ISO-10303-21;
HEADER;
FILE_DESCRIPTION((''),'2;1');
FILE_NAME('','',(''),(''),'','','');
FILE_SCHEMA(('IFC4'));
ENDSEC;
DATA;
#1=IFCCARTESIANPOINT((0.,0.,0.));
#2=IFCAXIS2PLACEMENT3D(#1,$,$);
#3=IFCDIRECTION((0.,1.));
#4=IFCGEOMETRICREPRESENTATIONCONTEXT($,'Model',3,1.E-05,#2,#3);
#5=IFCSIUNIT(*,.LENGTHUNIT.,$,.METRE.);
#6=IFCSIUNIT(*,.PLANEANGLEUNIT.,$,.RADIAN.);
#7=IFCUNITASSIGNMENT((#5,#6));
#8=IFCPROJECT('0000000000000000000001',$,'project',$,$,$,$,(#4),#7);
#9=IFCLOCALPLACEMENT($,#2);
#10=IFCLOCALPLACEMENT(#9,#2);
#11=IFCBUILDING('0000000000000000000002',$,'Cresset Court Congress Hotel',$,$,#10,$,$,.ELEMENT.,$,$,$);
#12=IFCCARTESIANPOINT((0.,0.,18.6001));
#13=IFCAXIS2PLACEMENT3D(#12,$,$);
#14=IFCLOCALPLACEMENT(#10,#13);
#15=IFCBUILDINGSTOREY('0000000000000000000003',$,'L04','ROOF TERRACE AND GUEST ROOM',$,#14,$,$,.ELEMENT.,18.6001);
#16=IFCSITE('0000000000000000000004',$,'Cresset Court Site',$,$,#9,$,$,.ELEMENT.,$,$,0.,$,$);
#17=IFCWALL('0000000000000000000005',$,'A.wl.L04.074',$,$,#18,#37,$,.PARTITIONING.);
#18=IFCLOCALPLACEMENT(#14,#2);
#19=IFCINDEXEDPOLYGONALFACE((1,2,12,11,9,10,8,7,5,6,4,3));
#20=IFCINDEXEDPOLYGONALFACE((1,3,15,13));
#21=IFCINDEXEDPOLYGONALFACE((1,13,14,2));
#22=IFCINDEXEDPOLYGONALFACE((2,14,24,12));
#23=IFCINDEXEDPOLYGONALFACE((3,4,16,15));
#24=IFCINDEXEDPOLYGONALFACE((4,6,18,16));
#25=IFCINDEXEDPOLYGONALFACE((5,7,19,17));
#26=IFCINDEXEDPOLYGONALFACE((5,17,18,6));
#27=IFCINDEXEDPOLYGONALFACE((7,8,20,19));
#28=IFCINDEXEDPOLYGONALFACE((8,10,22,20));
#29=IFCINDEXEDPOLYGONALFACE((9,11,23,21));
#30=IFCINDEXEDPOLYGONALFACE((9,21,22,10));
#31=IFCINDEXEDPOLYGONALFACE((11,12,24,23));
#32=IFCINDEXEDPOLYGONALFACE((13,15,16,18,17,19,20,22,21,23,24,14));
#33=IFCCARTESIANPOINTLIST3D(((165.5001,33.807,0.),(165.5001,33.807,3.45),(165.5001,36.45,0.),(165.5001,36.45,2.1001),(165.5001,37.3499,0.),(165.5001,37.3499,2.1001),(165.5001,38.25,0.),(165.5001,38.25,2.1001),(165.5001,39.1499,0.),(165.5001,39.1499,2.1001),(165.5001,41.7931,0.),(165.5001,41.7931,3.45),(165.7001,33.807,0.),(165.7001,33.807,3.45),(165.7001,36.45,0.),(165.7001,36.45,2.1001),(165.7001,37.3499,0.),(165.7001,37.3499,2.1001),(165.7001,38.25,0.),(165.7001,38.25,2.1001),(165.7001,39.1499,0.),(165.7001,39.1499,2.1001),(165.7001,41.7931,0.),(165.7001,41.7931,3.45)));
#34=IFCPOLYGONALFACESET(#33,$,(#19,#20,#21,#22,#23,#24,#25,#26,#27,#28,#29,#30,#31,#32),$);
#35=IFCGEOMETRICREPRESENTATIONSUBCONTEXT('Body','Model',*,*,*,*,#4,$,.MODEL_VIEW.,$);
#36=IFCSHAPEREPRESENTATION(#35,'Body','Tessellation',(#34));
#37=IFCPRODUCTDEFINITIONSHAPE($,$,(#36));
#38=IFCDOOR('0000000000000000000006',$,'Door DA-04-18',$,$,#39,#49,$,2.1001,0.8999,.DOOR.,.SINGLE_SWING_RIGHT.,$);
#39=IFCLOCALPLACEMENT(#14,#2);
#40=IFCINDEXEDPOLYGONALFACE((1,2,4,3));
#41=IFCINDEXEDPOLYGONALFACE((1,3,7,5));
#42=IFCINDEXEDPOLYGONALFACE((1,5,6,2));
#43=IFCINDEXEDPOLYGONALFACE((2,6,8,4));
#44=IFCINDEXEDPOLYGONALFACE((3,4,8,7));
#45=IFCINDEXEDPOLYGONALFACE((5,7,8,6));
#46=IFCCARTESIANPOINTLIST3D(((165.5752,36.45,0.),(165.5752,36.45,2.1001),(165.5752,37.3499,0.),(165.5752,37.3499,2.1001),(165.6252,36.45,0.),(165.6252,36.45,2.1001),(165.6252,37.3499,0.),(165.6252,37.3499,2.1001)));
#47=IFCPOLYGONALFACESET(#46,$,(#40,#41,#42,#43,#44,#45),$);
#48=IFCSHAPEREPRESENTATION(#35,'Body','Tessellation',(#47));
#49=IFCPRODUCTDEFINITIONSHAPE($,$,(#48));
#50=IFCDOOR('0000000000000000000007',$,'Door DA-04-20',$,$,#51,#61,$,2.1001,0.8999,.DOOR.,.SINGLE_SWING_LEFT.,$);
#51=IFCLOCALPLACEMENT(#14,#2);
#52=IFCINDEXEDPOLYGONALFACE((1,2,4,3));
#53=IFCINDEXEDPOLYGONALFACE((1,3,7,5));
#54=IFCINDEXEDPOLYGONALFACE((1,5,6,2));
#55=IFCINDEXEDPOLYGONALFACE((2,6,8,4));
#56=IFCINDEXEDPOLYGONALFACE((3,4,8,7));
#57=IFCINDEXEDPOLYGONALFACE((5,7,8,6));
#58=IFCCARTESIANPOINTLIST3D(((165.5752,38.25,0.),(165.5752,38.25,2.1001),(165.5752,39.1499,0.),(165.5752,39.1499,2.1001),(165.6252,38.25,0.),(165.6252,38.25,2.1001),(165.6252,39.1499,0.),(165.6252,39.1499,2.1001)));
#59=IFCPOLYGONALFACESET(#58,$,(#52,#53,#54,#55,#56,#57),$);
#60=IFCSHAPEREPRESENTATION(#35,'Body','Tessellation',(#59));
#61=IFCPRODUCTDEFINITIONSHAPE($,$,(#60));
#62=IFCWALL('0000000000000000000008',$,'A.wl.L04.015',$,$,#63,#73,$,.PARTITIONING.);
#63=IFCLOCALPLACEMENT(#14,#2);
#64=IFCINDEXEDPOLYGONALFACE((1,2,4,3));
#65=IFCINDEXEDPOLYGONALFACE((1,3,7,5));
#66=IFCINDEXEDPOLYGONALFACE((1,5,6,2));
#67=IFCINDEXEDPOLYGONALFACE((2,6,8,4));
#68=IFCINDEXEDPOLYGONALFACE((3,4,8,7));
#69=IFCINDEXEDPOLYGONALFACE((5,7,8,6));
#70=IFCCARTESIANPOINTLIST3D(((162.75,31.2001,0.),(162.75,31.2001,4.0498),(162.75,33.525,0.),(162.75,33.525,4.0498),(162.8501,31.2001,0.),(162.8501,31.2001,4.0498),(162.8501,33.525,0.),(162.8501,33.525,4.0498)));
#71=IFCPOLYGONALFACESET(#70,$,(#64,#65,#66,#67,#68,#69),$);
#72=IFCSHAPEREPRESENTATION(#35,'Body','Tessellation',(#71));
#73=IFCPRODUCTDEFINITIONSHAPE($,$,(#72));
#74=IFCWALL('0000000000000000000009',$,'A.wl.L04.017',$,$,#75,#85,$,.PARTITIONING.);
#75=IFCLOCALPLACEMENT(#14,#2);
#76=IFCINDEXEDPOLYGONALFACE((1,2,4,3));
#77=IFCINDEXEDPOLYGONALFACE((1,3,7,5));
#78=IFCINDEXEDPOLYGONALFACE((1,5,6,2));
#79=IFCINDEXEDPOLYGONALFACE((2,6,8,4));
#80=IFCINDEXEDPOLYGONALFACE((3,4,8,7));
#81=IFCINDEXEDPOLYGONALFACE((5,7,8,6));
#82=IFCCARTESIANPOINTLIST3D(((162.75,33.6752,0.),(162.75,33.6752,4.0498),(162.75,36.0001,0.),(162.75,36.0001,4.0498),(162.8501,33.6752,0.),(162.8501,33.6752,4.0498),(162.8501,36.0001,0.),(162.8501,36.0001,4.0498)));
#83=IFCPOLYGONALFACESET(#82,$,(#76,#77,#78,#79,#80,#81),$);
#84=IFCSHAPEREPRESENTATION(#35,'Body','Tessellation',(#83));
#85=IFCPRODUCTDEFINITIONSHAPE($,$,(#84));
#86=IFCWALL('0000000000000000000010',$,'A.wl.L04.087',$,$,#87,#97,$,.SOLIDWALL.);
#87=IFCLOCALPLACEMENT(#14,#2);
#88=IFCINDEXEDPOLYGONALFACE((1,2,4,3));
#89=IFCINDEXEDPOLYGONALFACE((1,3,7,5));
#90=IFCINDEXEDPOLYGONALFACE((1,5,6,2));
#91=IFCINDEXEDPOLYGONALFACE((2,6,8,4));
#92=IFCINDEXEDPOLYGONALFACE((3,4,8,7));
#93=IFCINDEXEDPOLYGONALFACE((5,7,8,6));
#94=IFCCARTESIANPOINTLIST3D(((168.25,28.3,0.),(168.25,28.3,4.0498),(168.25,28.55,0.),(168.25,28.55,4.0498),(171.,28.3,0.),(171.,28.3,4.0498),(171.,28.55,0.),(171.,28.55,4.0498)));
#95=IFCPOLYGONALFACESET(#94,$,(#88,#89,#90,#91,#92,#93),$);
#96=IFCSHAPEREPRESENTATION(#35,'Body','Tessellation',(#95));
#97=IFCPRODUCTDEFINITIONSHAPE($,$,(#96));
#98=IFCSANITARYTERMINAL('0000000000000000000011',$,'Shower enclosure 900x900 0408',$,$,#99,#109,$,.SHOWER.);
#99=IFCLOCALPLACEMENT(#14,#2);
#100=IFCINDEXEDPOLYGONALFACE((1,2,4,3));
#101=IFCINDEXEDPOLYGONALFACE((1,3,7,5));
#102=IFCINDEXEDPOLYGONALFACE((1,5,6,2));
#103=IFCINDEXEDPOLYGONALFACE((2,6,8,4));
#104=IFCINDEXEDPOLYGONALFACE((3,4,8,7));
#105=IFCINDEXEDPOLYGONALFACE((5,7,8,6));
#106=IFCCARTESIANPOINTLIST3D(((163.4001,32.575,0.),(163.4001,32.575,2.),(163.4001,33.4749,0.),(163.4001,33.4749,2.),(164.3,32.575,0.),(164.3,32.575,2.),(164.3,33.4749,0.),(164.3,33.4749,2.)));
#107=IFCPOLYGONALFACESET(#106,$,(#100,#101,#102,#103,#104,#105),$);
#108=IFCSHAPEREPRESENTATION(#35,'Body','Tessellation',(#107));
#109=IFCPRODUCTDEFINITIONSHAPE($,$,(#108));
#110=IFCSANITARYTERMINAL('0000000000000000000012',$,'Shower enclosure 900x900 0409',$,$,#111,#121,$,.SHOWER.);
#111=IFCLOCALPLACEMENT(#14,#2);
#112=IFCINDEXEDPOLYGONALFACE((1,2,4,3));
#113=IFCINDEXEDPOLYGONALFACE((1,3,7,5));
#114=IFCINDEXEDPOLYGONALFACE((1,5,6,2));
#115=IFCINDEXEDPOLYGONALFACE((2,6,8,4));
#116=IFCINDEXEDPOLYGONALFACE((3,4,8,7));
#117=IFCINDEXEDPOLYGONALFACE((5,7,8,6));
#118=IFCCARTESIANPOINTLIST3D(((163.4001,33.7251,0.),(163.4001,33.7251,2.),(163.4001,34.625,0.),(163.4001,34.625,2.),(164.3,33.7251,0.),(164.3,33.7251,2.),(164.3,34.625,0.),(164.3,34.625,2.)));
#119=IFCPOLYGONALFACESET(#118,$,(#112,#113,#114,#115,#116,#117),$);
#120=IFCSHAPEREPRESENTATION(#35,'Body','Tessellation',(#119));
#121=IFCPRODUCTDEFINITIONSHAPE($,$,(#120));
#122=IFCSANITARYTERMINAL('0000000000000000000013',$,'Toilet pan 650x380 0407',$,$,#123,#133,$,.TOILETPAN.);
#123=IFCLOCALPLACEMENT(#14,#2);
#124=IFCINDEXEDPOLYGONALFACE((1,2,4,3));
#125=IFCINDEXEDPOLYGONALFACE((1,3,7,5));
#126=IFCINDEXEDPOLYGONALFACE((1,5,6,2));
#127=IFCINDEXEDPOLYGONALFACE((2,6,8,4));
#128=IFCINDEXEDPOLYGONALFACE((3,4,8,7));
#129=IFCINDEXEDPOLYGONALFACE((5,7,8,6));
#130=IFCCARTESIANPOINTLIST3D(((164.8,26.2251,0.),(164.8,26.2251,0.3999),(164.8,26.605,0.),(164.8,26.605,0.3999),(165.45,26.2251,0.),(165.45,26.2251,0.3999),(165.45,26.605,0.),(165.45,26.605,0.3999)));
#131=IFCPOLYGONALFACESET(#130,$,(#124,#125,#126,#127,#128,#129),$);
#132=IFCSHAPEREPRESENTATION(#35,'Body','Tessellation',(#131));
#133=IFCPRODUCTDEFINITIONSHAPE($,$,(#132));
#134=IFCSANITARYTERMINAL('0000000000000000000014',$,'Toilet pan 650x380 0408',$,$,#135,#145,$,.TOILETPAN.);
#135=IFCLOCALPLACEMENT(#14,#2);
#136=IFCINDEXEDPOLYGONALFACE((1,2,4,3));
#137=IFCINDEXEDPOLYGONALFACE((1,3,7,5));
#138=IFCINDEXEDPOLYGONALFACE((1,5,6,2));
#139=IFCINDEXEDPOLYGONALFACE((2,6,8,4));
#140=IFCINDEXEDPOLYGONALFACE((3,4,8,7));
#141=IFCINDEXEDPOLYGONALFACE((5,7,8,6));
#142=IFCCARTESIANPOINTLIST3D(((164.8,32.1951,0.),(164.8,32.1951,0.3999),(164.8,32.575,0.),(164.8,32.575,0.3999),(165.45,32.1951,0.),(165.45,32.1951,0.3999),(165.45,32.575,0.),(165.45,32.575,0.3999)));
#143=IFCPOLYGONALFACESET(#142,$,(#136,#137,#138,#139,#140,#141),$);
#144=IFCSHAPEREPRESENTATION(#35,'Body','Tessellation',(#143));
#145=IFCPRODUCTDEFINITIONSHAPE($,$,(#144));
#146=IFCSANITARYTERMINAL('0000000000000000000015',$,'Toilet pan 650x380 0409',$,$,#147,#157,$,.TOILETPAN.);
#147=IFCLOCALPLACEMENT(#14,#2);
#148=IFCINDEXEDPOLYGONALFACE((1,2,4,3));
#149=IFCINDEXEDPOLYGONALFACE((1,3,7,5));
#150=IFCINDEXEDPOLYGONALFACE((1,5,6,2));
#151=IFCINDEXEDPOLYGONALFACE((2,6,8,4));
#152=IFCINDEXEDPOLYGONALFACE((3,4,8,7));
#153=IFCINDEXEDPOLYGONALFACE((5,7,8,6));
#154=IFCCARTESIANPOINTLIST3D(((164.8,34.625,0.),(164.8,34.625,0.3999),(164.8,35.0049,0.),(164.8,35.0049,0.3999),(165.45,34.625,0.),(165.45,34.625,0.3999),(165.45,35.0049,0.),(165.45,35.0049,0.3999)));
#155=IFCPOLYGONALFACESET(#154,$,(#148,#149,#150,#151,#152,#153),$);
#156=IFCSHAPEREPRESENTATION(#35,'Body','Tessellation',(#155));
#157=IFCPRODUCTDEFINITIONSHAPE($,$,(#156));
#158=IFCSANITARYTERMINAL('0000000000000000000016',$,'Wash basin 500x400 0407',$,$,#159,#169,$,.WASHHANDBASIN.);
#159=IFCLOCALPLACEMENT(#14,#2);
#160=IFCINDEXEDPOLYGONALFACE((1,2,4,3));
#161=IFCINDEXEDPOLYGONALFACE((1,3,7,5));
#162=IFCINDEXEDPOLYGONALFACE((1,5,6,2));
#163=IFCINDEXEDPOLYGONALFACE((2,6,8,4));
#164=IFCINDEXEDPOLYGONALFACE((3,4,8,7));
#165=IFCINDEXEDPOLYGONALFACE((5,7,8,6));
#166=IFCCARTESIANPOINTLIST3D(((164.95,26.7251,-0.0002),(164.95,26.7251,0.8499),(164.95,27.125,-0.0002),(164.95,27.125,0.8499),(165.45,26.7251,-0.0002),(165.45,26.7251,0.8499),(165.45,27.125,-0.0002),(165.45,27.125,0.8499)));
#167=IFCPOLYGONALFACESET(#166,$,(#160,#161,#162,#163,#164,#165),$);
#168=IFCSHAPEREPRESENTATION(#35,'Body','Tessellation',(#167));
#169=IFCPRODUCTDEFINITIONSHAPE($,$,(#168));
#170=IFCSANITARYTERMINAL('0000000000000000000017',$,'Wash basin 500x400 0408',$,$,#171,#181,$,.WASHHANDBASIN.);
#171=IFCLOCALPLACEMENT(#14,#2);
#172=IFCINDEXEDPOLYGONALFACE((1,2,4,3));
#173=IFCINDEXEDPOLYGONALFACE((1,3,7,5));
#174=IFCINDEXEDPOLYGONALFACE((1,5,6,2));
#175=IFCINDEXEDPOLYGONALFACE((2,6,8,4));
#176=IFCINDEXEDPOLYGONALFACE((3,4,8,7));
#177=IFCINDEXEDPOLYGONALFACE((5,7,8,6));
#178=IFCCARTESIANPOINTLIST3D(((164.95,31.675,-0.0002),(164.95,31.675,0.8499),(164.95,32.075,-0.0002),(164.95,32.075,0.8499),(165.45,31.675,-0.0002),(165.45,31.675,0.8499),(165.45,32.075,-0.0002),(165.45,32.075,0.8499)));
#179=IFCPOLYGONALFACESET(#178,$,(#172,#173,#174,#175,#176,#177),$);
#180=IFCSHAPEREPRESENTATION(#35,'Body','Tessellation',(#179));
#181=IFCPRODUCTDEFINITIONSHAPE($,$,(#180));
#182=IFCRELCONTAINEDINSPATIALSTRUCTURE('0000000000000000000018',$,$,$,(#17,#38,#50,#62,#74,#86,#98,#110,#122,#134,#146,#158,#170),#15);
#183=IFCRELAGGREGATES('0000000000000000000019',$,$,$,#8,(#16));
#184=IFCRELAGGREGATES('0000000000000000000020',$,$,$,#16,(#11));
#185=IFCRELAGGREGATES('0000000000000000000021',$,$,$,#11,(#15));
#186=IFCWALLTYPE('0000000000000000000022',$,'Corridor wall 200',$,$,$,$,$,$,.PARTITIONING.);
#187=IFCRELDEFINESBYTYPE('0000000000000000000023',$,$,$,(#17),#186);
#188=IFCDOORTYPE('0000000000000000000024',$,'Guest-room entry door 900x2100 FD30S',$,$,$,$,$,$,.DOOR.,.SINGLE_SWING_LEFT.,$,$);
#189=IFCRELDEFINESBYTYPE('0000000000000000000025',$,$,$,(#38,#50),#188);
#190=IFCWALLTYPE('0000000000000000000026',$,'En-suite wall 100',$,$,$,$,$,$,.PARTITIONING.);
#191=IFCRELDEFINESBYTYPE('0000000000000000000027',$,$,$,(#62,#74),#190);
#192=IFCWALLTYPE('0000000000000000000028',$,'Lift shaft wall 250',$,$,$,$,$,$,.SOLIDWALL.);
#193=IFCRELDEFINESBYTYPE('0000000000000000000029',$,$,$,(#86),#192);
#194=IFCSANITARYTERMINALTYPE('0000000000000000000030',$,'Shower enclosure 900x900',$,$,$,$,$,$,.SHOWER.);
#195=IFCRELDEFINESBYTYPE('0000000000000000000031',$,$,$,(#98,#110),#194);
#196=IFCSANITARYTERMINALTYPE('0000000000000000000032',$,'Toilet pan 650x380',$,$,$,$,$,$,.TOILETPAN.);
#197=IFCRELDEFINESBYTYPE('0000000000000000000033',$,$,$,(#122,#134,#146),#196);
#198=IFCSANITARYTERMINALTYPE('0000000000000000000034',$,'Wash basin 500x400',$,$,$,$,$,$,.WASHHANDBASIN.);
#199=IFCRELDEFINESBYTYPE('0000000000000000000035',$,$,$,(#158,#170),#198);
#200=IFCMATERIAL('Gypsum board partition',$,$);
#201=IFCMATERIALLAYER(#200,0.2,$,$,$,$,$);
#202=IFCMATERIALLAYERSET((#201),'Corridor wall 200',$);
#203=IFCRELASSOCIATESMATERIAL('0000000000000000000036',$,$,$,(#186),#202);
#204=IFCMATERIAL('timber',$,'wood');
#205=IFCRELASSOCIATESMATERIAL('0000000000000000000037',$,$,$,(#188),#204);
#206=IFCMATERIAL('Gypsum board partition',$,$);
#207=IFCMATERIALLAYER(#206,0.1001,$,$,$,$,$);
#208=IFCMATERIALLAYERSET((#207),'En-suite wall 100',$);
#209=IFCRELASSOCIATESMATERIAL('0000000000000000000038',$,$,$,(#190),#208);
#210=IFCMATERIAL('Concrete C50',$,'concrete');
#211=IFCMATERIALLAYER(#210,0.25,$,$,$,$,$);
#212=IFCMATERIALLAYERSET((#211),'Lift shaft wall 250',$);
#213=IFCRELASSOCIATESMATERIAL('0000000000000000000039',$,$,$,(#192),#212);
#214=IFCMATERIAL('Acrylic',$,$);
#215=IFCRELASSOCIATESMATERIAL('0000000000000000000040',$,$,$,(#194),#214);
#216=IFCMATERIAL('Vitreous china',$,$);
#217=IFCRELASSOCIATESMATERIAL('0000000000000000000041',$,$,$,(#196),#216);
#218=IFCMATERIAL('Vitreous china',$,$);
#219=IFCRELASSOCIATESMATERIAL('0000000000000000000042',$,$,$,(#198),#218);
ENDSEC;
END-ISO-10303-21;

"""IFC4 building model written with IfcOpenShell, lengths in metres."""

from ifc_helpers import new_model, si_unit, direction, frame, frame_2d, origin, origin_2d, place, context, subcontext, project, spatial, rectangle, extrude, material, layer, layer_set, type_object, element, fill, save


model = new_model("IFC4")

# Units and contexts
model_context = context("Model", 3, precision=1e-05, world=origin(), true_north=direction((0.0, 1.0)))
body_context = subcontext(model_context, "Body", "Model", "MODEL_VIEW")
ifc_project = project(units=[si_unit("LENGTHUNIT", "METRE"), si_unit("PLANEANGLEUNIT", "RADIAN")], contexts=[model_context])

# Site, building, storey
site_placement = place(None, origin())
site = spatial("IfcSite", under=ifc_project, at=site_placement, Name="Cresset Court Site", CompositionType="ELEMENT", RefElevation=0.0)
building_placement = place(site_placement, origin())
building = spatial("IfcBuilding", under=site, at=building_placement, Name="Cresset Court Congress Hotel", CompositionType="ELEMENT")
storey_placement = place(building_placement, frame((0.0, 0.0, 18.6001)))
storey = spatial("IfcBuildingStorey", under=building, at=storey_placement, Name="L04", Description="ROOF TERRACE AND GUEST ROOM", CompositionType="ELEMENT", Elevation=18.6001)

# Wall, openings, doors
ifc_material_1 = material(Name="Gypsum board partition")
ifc_layer_1 = layer(ifc_material_1, 0.2)
ifc_layer_set_1 = layer_set([ifc_layer_1], Name="Corridor wall 200")
wall_type_1 = type_object("IfcWallType", Name="Corridor wall 200", PredefinedType="PARTITIONING", material=ifc_layer_set_1)
wall_1_placement = place(storey_placement, frame((165.6001, 33.8069, 0.0), z_axis=(0.0, 0.0, 1.0), x_axis=(0.0, 1.0, 0.0)))
wall_1 = element("IfcWall", 1, at=wall_1_placement, inside=storey, type_object=wall_type_1, Name="A.wl.L04.074", PredefinedType="PARTITIONING", context=body_context, shape_type="SweptSolid", body=[
    extrude(rectangle(XDim=7.9861, YDim=0.2, at=frame_2d((3.9932, 0.0))), origin(), (0.0, 0.0, 1.0), 3.45),
])
opening_1_placement = place(wall_1_placement, frame((2.6431, 0.0, 0.0)))
opening_1 = element("IfcOpeningElement", 2, at=opening_1_placement, cuts=wall_1, PredefinedType="OPENING", context=body_context, shape_type="SweptSolid", body=[
    extrude(rectangle(XDim=0.8999, YDim=2.1001, at=frame_2d((0.45, 1.05))), frame((0.0, 0.1099, 0.0), z_axis=(0.0, -1.0, 0.0), x_axis=(1.0, 0.0, 0.0)), (0.0, 0.0, 1.0), 0.22),
])
opening_2_placement = place(wall_1_placement, frame((4.4431, 0.0, 0.0)))
opening_2 = element("IfcOpeningElement", 3, at=opening_2_placement, cuts=wall_1, PredefinedType="OPENING", context=body_context, shape_type="SweptSolid", body=[
    extrude(rectangle(XDim=0.8999, YDim=2.1001, at=frame_2d((0.45, 1.05))), frame((0.0, 0.1099, 0.0), z_axis=(0.0, -1.0, 0.0), x_axis=(1.0, 0.0, 0.0)), (0.0, 0.0, 1.0), 0.22),
])
ifc_material_2 = material(Name="timber", Category="wood")
door_type = type_object("IfcDoorType", Name="Guest-room entry door 900x2100 FD30S", OperationType="SINGLE_SWING_LEFT", PredefinedType="DOOR", material=ifc_material_2)
door_1_placement = place(opening_1_placement, origin())
door_1 = element("IfcDoor", 4, at=door_1_placement, inside=storey, type_object=door_type, Name="Door DA-04-18", OperationType="SINGLE_SWING_RIGHT", OverallHeight=2.1001, OverallWidth=0.8999, PredefinedType="DOOR", context=body_context, shape_type="SweptSolid", body=[
    extrude(rectangle(XDim=0.8999, YDim=2.1001, at=frame_2d((0.45, 1.05))), frame((0.0, 0.0249, 0.0), z_axis=(0.0, -1.0, 0.0), x_axis=(1.0, 0.0, 0.0)), (0.0, 0.0, 1.0), 0.05),
])
fill(opening_1, door_1)
door_2_placement = place(opening_2_placement, origin())
door_2 = element("IfcDoor", 5, at=door_2_placement, inside=storey, type_object=door_type, Name="Door DA-04-20", OperationType="SINGLE_SWING_LEFT", OverallHeight=2.1001, OverallWidth=0.8999, PredefinedType="DOOR", context=body_context, shape_type="SweptSolid", body=[
    extrude(rectangle(XDim=0.8999, YDim=2.1001, at=frame_2d((0.45, 1.05))), frame((0.0, 0.0249, 0.0), z_axis=(0.0, -1.0, 0.0), x_axis=(1.0, 0.0, 0.0)), (0.0, 0.0, 1.0), 0.05),
])
fill(opening_2, door_2)

# Walls
ifc_material_3 = material(Name="Gypsum board partition")
ifc_layer_2 = layer(ifc_material_3, 0.1001)
ifc_layer_set_2 = layer_set([ifc_layer_2], Name="En-suite wall 100")
wall_type_2 = type_object("IfcWallType", Name="En-suite wall 100", PredefinedType="PARTITIONING", material=ifc_layer_set_2)
for number, where, z_axis, x_axis, name in (
    (6, (162.8, 31.2, 0.0), (0.0, 0.0, 1.0), (0.0, 1.0, 0.0), "A.wl.L04.015"),
    (7, (162.8, 33.675, 0.0), (0.0, 0.0, 1.0), (0.0, 1.0, 0.0), "A.wl.L04.017"),
):
    element("IfcWall", number, at=place(storey_placement, frame(where, z_axis=z_axis, x_axis=x_axis)), inside=storey, type_object=wall_type_2, Name=name, PredefinedType="PARTITIONING", context=body_context, shape_type="SweptSolid", body=[
        extrude(rectangle(XDim=2.325, YDim=0.1001, at=frame_2d((1.1626, 0.0))), origin(), (0.0, 0.0, 1.0), 4.0498),
    ])
ifc_material_4 = material(Name="Concrete C50", Category="concrete")
ifc_layer_3 = layer(ifc_material_4, 0.25)
ifc_layer_set_3 = layer_set([ifc_layer_3], Name="Lift shaft wall 250")
wall_type_3 = type_object("IfcWallType", Name="Lift shaft wall 250", PredefinedType="SOLIDWALL", material=ifc_layer_set_3)
wall_2_placement = place(storey_placement, frame((168.25, 28.425, 0.0), z_axis=(0.0, 0.0, 1.0), x_axis=(1.0, 0.0, 0.0)))
element("IfcWall", 8, at=wall_2_placement, inside=storey, type_object=wall_type_3, Name="A.wl.L04.087", PredefinedType="SOLIDWALL", context=body_context, shape_type="SweptSolid", body=[
    extrude(rectangle(XDim=2.75, YDim=0.25, at=frame_2d((1.375, 0.0))), origin(), (0.0, 0.0, 1.0), 4.0498),
])

# Sanitary terminals
ifc_material_5 = material(Name="Acrylic")
sanitary_terminal_type_1 = type_object("IfcSanitaryTerminalType", Name="Shower enclosure 900x900", PredefinedType="SHOWER", material=ifc_material_5)
for number, where, z_axis, x_axis, name in (
    (9, (163.8501, 33.0249, 0.0), (0.0, 0.0, 1.0), (1.0, 0.0, 0.0), "Shower enclosure 900x900 0408"),
    (10, (163.8501, 34.175, 0.0), (0.0, 0.0, 1.0), (1.0, 0.0, 0.0), "Shower enclosure 900x900 0409"),
):
    element("IfcSanitaryTerminal", number, at=place(storey_placement, frame(where, z_axis=z_axis, x_axis=x_axis)), inside=storey, type_object=sanitary_terminal_type_1, Name=name, PredefinedType="SHOWER", context=body_context, shape_type="SweptSolid", body=[
        extrude(rectangle(XDim=0.8999, YDim=0.8999, at=origin_2d()), origin(), (0.0, 0.0, 1.0), 2.0),
    ])
ifc_material_6 = material(Name="Vitreous china")
sanitary_terminal_type_2 = type_object("IfcSanitaryTerminalType", Name="Toilet pan 650x380", PredefinedType="TOILETPAN", material=ifc_material_6)
for number, where, z_axis, x_axis, name in (
    (11, (165.125, 26.415, 0.0), (0.0, 0.0, 1.0), (1.0, 0.0, 0.0), "Toilet pan 650x380 0407"),
    (12, (165.125, 32.385, 0.0), (0.0, 0.0, 1.0), (1.0, 0.0, 0.0), "Toilet pan 650x380 0408"),
    (13, (165.125, 34.8149, 0.0), (0.0, 0.0, 1.0), (1.0, 0.0, 0.0), "Toilet pan 650x380 0409"),
):
    element("IfcSanitaryTerminal", number, at=place(storey_placement, frame(where, z_axis=z_axis, x_axis=x_axis)), inside=storey, type_object=sanitary_terminal_type_2, Name=name, PredefinedType="TOILETPAN", context=body_context, shape_type="SweptSolid", body=[
        extrude(rectangle(XDim=0.6499, YDim=0.3799, at=origin_2d()), origin(), (0.0, 0.0, 1.0), 0.3999),
    ])
ifc_material_7 = material(Name="Vitreous china")
sanitary_terminal_type_3 = type_object("IfcSanitaryTerminalType", Name="Wash basin 500x400", PredefinedType="WASHHANDBASIN", material=ifc_material_7)
for number, where, z_axis, x_axis, name in (
    (14, (165.2, 26.925, -0.0002), (0.0, 0.0, 1.0), (1.0, 0.0, 0.0), "Wash basin 500x400 0407"),
    (15, (165.2, 31.875, -0.0002), (0.0, 0.0, 1.0), (1.0, 0.0, 0.0), "Wash basin 500x400 0408"),
):
    element("IfcSanitaryTerminal", number, at=place(storey_placement, frame(where, z_axis=z_axis, x_axis=x_axis)), inside=storey, type_object=sanitary_terminal_type_3, Name=name, PredefinedType="WASHHANDBASIN", context=body_context, shape_type="SweptSolid", body=[
        extrude(rectangle(XDim=0.5, YDim=0.3999, at=origin_2d()), origin(), (0.0, 0.0, 1.0), 0.8501),
    ])

save(model, "model.ifc")
